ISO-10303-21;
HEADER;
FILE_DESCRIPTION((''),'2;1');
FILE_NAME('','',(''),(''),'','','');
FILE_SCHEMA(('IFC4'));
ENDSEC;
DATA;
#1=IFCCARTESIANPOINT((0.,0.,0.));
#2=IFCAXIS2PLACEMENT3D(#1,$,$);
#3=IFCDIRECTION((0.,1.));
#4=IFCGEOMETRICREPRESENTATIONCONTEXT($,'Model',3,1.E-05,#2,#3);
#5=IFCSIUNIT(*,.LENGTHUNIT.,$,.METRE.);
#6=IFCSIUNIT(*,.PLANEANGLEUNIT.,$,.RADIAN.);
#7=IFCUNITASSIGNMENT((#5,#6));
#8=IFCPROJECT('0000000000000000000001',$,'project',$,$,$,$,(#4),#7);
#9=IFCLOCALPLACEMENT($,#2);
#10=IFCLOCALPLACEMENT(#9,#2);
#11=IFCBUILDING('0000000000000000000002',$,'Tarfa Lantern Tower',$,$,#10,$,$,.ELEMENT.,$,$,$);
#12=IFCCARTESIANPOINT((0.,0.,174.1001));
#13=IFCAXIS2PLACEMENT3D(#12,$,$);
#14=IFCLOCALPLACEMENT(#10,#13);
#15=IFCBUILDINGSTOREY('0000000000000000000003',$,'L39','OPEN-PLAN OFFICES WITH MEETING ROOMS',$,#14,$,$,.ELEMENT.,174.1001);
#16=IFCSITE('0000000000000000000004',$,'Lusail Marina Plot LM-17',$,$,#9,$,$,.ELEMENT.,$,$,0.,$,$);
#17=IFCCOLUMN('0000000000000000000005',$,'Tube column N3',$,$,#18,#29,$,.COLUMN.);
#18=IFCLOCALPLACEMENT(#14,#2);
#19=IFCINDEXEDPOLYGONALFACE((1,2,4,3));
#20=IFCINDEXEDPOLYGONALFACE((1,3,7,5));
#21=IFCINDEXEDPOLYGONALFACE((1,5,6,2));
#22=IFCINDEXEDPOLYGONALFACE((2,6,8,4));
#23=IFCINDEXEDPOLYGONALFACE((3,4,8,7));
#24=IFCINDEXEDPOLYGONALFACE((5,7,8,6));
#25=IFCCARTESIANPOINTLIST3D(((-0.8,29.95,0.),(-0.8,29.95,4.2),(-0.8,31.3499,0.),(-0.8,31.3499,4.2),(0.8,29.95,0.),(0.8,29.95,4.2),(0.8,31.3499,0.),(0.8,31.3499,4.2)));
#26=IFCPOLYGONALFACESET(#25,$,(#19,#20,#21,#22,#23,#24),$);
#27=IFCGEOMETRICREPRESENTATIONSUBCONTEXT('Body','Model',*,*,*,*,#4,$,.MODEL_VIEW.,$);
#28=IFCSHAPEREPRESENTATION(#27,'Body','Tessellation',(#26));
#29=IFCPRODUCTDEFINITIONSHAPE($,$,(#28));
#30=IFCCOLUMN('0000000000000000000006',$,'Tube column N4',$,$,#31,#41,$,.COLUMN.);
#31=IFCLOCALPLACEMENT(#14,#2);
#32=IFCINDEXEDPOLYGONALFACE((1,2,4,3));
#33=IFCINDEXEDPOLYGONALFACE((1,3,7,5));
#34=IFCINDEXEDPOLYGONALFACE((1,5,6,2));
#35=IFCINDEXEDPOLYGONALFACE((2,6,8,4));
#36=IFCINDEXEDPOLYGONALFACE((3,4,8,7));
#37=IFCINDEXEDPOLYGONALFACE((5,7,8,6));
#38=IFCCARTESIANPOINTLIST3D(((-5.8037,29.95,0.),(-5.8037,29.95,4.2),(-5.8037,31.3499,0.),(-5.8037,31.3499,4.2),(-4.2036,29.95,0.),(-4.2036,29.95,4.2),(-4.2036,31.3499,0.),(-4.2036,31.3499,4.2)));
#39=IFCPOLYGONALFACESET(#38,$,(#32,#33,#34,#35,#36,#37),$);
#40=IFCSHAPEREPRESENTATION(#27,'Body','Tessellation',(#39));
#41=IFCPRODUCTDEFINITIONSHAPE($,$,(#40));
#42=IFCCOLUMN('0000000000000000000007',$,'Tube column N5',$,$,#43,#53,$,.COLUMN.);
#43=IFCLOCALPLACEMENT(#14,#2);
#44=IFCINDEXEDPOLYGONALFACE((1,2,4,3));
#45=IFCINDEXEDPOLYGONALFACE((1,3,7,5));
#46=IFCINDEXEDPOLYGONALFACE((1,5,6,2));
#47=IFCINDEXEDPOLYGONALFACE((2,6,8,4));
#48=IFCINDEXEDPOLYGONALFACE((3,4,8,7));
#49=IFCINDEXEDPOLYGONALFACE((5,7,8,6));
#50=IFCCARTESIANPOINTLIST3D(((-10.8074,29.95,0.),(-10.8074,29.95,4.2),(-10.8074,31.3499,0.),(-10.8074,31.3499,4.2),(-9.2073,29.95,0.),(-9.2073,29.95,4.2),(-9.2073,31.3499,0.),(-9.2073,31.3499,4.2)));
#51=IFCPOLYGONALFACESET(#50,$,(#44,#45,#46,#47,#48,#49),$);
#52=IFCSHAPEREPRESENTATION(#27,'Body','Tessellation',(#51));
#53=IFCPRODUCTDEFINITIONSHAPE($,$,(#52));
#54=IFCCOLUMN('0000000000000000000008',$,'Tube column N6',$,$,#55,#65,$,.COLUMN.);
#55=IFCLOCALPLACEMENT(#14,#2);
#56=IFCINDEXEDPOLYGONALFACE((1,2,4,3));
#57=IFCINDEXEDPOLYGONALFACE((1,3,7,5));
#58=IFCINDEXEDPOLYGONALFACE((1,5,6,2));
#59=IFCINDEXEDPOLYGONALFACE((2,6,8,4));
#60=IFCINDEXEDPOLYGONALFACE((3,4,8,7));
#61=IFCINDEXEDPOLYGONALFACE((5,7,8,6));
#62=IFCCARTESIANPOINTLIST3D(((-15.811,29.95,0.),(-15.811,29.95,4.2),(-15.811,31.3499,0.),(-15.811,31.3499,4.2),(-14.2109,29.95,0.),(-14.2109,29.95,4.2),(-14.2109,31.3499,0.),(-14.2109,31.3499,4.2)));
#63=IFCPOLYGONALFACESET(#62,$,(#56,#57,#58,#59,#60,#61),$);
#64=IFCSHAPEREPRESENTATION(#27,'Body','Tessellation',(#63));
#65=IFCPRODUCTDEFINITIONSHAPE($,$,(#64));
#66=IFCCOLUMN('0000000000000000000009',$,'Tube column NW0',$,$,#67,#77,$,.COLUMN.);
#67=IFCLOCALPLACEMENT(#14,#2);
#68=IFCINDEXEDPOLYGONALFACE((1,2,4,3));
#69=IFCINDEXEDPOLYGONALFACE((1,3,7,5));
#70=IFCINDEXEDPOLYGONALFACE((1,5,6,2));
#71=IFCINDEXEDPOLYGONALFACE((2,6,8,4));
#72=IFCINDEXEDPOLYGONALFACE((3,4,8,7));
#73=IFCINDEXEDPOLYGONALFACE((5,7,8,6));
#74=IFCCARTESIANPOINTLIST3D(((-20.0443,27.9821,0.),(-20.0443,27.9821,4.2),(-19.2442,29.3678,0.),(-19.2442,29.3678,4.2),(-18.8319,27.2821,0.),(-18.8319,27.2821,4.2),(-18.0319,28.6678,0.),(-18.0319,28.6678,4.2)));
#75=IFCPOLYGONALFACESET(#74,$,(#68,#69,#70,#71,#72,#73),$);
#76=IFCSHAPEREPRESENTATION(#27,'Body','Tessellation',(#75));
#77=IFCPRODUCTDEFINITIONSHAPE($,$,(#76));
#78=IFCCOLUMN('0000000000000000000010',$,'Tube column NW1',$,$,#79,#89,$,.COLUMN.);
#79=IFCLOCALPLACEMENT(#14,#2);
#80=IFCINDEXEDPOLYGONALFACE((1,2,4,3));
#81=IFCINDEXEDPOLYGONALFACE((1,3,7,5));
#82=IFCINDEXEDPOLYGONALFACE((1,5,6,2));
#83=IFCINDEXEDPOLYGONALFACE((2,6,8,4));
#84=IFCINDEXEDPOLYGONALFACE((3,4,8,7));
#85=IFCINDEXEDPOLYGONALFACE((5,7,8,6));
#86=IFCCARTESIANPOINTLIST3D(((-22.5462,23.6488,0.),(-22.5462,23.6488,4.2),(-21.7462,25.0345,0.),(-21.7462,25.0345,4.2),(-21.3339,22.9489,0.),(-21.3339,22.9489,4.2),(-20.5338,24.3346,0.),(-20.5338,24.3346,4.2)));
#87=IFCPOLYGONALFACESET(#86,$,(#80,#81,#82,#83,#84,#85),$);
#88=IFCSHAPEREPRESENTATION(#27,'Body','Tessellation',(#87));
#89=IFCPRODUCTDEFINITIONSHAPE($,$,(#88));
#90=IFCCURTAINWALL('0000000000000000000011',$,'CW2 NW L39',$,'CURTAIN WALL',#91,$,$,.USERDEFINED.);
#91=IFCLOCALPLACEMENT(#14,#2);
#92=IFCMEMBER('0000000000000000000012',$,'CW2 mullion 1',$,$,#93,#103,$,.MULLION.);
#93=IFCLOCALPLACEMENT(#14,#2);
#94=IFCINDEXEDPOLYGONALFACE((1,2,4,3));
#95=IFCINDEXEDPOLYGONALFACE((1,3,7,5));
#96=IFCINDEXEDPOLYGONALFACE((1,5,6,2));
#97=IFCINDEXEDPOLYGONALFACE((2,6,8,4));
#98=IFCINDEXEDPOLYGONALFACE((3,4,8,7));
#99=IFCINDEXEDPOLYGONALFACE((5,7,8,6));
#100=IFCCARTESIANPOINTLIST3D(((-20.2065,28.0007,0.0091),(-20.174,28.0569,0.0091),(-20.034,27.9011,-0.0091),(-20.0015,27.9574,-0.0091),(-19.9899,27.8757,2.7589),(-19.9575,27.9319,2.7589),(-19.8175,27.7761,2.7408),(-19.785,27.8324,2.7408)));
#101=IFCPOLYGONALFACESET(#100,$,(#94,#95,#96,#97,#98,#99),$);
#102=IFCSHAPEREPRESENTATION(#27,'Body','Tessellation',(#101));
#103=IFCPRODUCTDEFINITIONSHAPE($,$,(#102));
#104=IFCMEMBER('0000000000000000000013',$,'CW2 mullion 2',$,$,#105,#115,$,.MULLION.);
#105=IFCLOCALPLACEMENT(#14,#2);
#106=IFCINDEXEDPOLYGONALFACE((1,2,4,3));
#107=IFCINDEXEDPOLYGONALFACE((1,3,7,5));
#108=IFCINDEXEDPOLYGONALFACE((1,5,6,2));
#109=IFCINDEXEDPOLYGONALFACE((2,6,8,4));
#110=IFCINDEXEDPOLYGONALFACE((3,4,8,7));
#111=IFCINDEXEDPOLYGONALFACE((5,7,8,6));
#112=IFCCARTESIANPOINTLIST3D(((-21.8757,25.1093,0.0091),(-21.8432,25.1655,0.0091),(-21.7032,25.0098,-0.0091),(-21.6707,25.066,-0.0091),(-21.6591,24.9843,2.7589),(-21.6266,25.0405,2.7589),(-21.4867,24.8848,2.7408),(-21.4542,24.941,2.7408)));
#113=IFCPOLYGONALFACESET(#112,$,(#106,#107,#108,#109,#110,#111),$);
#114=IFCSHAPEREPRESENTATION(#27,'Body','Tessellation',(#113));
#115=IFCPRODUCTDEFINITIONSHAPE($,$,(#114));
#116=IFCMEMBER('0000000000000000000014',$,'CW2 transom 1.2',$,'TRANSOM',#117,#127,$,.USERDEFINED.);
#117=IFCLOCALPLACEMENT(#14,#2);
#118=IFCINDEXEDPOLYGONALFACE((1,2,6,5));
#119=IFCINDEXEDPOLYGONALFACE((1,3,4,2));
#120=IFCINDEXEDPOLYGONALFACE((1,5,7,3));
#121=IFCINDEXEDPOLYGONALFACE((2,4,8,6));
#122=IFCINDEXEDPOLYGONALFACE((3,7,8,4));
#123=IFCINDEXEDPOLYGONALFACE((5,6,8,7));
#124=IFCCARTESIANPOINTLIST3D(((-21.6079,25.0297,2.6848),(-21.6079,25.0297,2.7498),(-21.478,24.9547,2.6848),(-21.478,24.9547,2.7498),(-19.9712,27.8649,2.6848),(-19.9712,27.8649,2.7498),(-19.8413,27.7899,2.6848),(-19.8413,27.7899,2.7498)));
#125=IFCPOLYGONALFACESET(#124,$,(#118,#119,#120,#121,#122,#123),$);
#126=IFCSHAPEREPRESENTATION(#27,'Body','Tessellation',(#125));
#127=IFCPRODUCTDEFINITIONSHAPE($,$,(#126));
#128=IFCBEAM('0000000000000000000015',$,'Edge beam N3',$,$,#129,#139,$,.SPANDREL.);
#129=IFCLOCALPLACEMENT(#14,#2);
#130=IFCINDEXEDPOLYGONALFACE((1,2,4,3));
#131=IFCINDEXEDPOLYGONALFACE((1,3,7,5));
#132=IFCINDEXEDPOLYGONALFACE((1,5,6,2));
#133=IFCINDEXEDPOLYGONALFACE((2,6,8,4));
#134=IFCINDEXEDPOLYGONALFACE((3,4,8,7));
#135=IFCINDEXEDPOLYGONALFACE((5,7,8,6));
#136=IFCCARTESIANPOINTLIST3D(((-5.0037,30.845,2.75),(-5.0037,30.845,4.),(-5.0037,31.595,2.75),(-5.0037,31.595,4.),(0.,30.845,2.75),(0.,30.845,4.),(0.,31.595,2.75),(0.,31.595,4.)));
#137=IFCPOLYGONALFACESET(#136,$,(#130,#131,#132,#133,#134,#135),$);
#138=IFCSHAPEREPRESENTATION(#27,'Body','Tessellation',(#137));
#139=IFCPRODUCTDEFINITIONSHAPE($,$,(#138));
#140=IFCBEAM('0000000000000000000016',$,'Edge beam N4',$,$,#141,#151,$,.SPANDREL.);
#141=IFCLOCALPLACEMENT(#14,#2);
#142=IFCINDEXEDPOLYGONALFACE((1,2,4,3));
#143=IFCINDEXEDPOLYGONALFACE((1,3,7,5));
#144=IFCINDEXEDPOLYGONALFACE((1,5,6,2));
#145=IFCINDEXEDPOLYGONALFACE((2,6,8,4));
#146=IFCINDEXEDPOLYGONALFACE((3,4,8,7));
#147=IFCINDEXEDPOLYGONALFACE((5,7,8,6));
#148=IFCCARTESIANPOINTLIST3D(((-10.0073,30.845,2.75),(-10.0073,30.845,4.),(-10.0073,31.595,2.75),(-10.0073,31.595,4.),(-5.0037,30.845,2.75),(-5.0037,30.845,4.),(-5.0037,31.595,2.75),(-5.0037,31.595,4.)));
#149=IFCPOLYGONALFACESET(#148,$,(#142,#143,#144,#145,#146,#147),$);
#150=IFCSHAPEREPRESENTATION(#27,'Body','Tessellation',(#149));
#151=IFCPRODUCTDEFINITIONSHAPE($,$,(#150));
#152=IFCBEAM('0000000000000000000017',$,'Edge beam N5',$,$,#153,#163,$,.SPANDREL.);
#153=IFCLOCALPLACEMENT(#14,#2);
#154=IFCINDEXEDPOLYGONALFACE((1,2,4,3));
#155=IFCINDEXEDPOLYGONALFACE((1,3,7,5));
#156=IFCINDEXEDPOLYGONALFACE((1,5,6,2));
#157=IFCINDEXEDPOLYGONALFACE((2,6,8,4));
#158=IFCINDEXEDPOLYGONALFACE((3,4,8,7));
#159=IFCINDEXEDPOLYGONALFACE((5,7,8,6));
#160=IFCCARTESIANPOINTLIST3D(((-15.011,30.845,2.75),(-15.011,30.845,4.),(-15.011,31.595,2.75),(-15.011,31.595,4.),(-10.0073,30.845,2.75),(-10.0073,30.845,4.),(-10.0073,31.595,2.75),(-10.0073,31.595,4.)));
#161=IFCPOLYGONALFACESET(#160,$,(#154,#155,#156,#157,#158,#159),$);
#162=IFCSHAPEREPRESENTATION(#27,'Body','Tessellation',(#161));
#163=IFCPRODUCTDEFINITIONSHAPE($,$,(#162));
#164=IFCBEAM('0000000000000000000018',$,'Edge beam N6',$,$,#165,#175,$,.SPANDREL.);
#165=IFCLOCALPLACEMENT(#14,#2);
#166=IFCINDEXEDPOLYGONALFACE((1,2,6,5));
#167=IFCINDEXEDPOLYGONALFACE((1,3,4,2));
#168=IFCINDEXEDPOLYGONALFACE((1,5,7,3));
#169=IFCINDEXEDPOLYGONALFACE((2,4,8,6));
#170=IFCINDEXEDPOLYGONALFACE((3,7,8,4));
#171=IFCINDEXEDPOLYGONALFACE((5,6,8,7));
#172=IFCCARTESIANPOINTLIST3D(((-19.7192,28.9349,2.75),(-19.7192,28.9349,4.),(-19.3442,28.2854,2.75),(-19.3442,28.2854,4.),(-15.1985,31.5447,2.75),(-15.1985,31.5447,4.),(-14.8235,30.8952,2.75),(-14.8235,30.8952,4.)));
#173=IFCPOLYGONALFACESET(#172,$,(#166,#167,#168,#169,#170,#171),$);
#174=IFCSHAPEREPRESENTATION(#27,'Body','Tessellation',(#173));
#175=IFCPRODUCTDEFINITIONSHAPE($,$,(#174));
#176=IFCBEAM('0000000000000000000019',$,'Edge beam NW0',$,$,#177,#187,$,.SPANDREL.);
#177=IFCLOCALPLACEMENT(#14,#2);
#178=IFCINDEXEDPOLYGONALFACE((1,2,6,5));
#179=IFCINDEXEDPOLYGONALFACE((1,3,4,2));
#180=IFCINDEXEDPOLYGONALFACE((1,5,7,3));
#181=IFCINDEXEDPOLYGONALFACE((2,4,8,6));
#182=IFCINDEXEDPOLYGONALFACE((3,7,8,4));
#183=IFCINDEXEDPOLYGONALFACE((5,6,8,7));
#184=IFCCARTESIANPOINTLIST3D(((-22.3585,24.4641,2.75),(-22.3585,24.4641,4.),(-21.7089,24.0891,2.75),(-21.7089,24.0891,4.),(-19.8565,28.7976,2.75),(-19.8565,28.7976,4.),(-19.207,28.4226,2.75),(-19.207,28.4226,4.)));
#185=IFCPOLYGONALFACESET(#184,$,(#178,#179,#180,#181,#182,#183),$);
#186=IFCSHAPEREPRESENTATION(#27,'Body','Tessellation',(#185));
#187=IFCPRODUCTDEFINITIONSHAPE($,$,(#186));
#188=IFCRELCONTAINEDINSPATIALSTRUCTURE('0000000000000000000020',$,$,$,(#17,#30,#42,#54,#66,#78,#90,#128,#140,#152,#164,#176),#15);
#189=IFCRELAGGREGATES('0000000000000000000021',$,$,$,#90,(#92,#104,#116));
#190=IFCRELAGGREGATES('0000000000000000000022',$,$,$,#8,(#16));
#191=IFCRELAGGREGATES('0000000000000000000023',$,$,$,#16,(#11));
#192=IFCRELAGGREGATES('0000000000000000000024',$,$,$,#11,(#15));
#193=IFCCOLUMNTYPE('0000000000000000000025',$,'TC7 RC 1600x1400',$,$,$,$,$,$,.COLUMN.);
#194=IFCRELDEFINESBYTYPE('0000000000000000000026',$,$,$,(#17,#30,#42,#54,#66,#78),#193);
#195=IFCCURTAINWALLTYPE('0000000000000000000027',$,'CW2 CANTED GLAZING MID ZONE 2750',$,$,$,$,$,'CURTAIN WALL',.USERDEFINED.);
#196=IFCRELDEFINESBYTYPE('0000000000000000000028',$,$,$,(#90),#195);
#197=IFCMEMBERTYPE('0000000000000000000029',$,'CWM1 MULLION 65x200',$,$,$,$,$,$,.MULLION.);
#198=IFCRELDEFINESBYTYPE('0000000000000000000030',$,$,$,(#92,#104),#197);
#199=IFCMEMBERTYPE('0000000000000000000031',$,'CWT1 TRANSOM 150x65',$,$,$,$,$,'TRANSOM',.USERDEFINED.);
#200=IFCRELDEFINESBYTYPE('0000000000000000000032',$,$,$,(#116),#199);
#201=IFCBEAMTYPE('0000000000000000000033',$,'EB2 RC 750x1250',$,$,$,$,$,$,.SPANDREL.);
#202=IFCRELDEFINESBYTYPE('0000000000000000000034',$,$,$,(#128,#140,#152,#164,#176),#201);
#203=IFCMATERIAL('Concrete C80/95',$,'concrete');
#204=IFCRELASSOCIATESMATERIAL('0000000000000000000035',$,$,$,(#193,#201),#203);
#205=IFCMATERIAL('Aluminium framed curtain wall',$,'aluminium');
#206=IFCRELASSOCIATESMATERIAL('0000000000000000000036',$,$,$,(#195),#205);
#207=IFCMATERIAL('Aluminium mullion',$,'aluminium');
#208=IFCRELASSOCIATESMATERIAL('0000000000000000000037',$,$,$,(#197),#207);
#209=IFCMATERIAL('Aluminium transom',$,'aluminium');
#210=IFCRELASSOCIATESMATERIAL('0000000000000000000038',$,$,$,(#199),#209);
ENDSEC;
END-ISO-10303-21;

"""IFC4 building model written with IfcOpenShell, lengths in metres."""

from ifc_helpers import new_model, si_unit, direction, frame, origin, origin_2d, place, context, subcontext, project, spatial, rectangle, extrude, material, material_profile, profile_set, type_object, element, aggregate, save


model = new_model("IFC4")

# Units and contexts
model_context = context("Model", 3, precision=1e-05, world=origin(), true_north=direction((0.0, 1.0)))
body_context = subcontext(model_context, "Body", "Model", "MODEL_VIEW")
ifc_project = project(units=[si_unit("LENGTHUNIT", "METRE"), si_unit("PLANEANGLEUNIT", "RADIAN")], contexts=[model_context])

# Site, building, storey
site_placement = place(None, origin())
site = spatial("IfcSite", under=ifc_project, at=site_placement, Name="Lusail Marina Plot LM-17", CompositionType="ELEMENT", RefElevation=0.0)
building_placement = place(site_placement, origin())
building = spatial("IfcBuilding", under=site, at=building_placement, Name="Tarfa Lantern Tower", CompositionType="ELEMENT")
storey_placement = place(building_placement, frame((0.0, 0.0, 174.1001)))
storey = spatial("IfcBuildingStorey", under=building, at=storey_placement, Name="L39", Description="OPEN-PLAN OFFICES WITH MEETING ROOMS", CompositionType="ELEMENT", Elevation=174.1001)

# Columns
ifc_material_1 = material(Name="Concrete C80/95", Category="concrete")
ifc_material_profile_1 = material_profile(ifc_material_1, rectangle(XDim=1.6001, YDim=1.3999, at=origin_2d()), Name="RC 1600x1400")
ifc_profile_set_1 = profile_set([ifc_material_profile_1], Name="Concrete C80/95")
column_type = type_object("IfcColumnType", Name="TC7 RC 1600x1400", PredefinedType="COLUMN", material=ifc_profile_set_1)
for number, where, z_axis, x_axis, name in (
    (1, (0.0, 30.6499, 0.0), (0.0, 0.0, 1.0), (-1.0, 0.0, 0.0), "Tube column N3"),
    (2, (-5.0037, 30.6499, 0.0), (0.0, 0.0, 1.0), (-1.0, 0.0, 0.0), "Tube column N4"),
    (3, (-10.0073, 30.6499, 0.0), (0.0, 0.0, 1.0), (-1.0, 0.0, 0.0), "Tube column N5"),
    (4, (-15.011, 30.6499, 0.0), (0.0, 0.0, 1.0), (-1.0, 0.0, 0.0), "Tube column N6"),
    (5, (-19.0381, 28.325, 0.0), (0.0, 0.0, 1.0), (-0.5, -0.866025, 0.0), "Tube column NW0"),
    (6, (-21.54, 23.9917, 0.0), (0.0, 0.0, 1.0), (-0.5, -0.866025, 0.0), "Tube column NW1"),
):
    element("IfcColumn", number, at=place(storey_placement, frame(where, z_axis=z_axis, x_axis=x_axis)), inside=storey, type_object=column_type, Name=name, PredefinedType="COLUMN", context=body_context, shape_type="SweptSolid", body=[
        extrude(rectangle(XDim=1.6001, YDim=1.3999, at=origin_2d()), origin(), (0.0, 0.0, 1.0), 4.2),
    ])

# Curtain wall, members
ifc_material_2 = material(Name="Aluminium framed curtain wall", Category="aluminium")
curtain_wall_type = type_object("IfcCurtainWallType", Name="CW2 CANTED GLAZING MID ZONE 2750", ElementType="CURTAIN WALL", PredefinedType="USERDEFINED", material=ifc_material_2)
curtain_wall_placement = place(storey_placement, origin())
curtain_wall = element("IfcCurtainWall", 7, at=curtain_wall_placement, inside=storey, type_object=curtain_wall_type, Name="CW2 NW L39", ObjectType="CURTAIN WALL", PredefinedType="USERDEFINED")
ifc_material_3 = material(Name="Aluminium mullion", Category="aluminium")
ifc_material_profile_2 = material_profile(ifc_material_3, rectangle(XDim=0.0649, YDim=0.2, at=origin_2d()), Name="AL MULLION 65x200")
ifc_profile_set_2 = profile_set([ifc_material_profile_2], Name="Aluminium mullion")
member_type_1 = type_object("IfcMemberType", Name="CWM1 MULLION 65x200", PredefinedType="MULLION", material=ifc_profile_set_2)
member_1_placement = place(storey_placement, frame((-20.104, 27.979, 0.0), z_axis=(0.078423, -0.045268, 0.995892), x_axis=(0.49992, 0.866072, 0.0)))
member_1 = element("IfcMember", 8, at=member_1_placement, type_object=member_type_1, Name="CW2 mullion 1", PredefinedType="MULLION", context=body_context, shape_type="SweptSolid", body=[
    extrude(rectangle(XDim=0.0649, YDim=0.2, at=origin_2d()), origin(), (0.0, 0.0, 1.0), 2.7612),
])
member_2_placement = place(storey_placement, frame((-21.7732, 25.0876, 0.0), z_axis=(0.078423, -0.045268, 0.995892), x_axis=(0.49992, 0.866072, 0.0)))
member_2 = element("IfcMember", 9, at=member_2_placement, type_object=member_type_1, Name="CW2 mullion 2", PredefinedType="MULLION", context=body_context, shape_type="SweptSolid", body=[
    extrude(rectangle(XDim=0.0649, YDim=0.2, at=origin_2d()), origin(), (0.0, 0.0, 1.0), 2.7612),
])
ifc_material_4 = material(Name="Aluminium transom", Category="aluminium")
ifc_material_profile_3 = material_profile(ifc_material_4, rectangle(XDim=0.1499, YDim=0.0649, at=origin_2d()), Name="AL TRANSOM 150x65")
ifc_profile_set_3 = profile_set([ifc_material_profile_3], Name="Aluminium transom")
member_type_2 = type_object("IfcMemberType", Name="CWT1 TRANSOM 150x65", ElementType="TRANSOM", PredefinedType="USERDEFINED", material=ifc_profile_set_3)
member_3_placement = place(storey_placement, frame((-19.9062, 27.8274, 2.7173), z_axis=(-0.499957, -0.86605, 0.0), x_axis=(0.86605, -0.499957, 0.0)))
member_3 = element("IfcMember", 10, at=member_3_placement, type_object=member_type_2, Name="CW2 transom 1.2", ObjectType="TRANSOM", PredefinedType="USERDEFINED", context=body_context, shape_type="SweptSolid", body=[
    extrude(rectangle(XDim=0.1499, YDim=0.0649, at=origin_2d()), origin(), (0.0, 0.0, 1.0), 3.2737),
])

# Beams
ifc_material_profile_4 = material_profile(ifc_material_1, rectangle(XDim=0.75, YDim=1.25, at=origin_2d()), Name="RC 750x1250")
ifc_profile_set_4 = profile_set([ifc_material_profile_4], Name="Concrete C80/95")
beam_type_1 = type_object("IfcBeamType", Name="EB2 RC 750x1250", PredefinedType="SPANDREL", material=ifc_profile_set_4)
for number, where, z_axis, x_axis, name in (
    (11, (0.0, 31.22, 3.375), (-1.0, 0.0, 0.0), (0.0, -1.0, 0.0), "Edge beam N3"),
    (12, (-5.0037, 31.22, 3.375), (-1.0, 0.0, 0.0), (0.0, -1.0, 0.0), "Edge beam N4"),
    (13, (-10.0073, 31.22, 3.375), (-1.0, 0.0, 0.0), (0.0, -1.0, 0.0), "Edge beam N5"),
):
    element("IfcBeam", number, at=place(storey_placement, frame(where, z_axis=z_axis, x_axis=x_axis)), inside=storey, type_object=beam_type_1, Name=name, PredefinedType="SPANDREL", context=body_context, shape_type="SweptSolid", body=[
        extrude(rectangle(XDim=0.75, YDim=1.25, at=origin_2d()), origin(), (0.0, 0.0, 1.0), 5.0037),
    ])
beam_1_placement = place(storey_placement, frame((-15.011, 31.22, 3.375), z_axis=(-0.866042, -0.499972, 0.0), x_axis=(0.499972, -0.866042, 0.0)))
element("IfcBeam", 14, at=beam_1_placement, inside=storey, type_object=beam_type_1, Name="Edge beam N6", PredefinedType="SPANDREL", context=body_context, shape_type="SweptSolid", body=[
    extrude(rectangle(XDim=0.75, YDim=1.25, at=origin_2d()), origin(), (0.0, 0.0, 1.0), 5.22),
])
beam_2_placement = place(storey_placement, frame((-19.5317, 28.6101, 3.375), z_axis=(-0.500001, -0.866025, 0.0), x_axis=(0.866025, -0.500001, 0.0)))
element("IfcBeam", 15, at=beam_2_placement, inside=storey, type_object=beam_type_1, Name="Edge beam NW0", PredefinedType="SPANDREL", context=body_context, shape_type="SweptSolid", body=[
    extrude(rectangle(XDim=0.75, YDim=1.25, at=origin_2d()), origin(), (0.0, 0.0, 1.0), 5.0039),
])

aggregate(curtain_wall, [member_1, member_2, member_3])

save(model, "model.ifc")
